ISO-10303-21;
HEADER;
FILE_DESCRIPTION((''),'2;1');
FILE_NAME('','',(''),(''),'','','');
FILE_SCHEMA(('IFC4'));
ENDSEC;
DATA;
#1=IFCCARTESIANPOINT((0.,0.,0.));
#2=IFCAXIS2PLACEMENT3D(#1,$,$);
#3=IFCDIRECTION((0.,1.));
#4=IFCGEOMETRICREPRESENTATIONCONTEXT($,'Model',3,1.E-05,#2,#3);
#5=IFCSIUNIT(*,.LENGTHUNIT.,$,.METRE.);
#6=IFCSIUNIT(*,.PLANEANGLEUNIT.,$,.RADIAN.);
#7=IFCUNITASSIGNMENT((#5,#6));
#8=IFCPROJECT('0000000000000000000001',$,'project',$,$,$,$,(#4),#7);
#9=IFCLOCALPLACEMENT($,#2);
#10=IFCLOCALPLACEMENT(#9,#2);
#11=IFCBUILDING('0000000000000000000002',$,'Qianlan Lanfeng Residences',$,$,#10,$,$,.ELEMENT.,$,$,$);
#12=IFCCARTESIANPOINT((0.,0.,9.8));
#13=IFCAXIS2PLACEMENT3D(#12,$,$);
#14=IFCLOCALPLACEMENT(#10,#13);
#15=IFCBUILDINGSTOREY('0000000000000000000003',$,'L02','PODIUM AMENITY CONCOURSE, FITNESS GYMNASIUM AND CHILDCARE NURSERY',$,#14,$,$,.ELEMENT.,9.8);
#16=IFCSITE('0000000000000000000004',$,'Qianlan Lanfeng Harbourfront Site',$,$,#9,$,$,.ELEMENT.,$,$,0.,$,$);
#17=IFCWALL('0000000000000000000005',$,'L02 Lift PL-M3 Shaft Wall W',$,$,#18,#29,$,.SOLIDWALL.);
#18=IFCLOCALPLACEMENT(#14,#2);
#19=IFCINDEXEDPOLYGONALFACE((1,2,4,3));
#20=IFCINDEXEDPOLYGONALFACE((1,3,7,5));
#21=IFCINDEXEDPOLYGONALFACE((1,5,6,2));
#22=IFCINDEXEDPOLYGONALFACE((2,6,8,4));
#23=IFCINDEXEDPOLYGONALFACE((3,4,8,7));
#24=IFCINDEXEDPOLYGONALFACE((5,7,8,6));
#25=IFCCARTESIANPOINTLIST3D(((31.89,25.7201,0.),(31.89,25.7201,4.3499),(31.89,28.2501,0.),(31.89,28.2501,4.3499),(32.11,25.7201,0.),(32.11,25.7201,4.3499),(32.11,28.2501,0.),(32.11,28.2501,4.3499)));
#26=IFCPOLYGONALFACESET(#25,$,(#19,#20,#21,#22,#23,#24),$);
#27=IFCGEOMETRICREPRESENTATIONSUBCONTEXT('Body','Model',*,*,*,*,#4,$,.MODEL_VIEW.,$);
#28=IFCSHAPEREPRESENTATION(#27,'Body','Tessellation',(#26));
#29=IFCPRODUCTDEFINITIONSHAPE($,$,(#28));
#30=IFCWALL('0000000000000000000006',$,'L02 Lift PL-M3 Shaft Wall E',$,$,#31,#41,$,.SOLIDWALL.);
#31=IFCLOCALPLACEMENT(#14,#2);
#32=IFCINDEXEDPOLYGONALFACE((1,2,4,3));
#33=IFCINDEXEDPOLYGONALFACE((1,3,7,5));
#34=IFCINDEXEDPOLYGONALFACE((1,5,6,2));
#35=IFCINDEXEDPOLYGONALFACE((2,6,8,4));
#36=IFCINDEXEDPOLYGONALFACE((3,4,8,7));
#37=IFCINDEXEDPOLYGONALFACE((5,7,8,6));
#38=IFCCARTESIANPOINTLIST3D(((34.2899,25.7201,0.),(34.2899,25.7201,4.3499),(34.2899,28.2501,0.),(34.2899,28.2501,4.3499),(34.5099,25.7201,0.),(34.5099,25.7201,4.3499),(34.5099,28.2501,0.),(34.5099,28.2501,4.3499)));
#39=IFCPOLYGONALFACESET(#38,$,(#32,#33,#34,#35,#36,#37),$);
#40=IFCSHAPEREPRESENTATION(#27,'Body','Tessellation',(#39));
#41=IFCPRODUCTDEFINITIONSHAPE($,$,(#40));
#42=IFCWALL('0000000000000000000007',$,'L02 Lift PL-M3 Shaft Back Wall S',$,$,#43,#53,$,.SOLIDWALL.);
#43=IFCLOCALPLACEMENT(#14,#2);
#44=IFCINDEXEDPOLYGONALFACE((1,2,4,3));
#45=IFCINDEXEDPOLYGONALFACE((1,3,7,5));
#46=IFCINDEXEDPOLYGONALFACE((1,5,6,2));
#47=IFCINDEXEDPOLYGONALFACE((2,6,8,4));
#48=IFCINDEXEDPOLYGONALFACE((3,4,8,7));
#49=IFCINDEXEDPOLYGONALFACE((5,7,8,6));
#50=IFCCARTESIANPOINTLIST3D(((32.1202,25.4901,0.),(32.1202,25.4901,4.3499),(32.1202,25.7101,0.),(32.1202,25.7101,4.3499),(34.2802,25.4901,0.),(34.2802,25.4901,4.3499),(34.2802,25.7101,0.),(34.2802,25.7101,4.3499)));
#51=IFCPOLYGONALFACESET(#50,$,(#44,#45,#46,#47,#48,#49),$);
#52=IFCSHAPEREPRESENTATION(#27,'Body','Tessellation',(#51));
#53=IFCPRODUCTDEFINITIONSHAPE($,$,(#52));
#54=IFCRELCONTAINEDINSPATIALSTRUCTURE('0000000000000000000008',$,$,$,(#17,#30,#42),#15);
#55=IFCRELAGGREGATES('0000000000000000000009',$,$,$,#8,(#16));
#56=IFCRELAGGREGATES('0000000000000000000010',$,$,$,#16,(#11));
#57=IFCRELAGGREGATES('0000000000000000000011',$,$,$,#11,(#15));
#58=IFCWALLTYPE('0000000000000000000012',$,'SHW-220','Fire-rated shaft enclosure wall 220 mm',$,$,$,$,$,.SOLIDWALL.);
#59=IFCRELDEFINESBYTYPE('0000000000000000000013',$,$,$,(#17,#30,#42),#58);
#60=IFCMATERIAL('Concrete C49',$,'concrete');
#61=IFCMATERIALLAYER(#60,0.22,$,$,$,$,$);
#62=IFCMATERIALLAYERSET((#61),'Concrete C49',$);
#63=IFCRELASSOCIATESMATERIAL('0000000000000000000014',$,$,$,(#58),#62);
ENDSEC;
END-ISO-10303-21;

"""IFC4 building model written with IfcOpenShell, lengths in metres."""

from ifc_helpers import new_model, si_unit, direction, frame, frame_2d, origin, place, context, subcontext, project, spatial, rectangle, extrude, material, layer, layer_set, type_object, element, save


model = new_model("IFC4")

# Units and contexts
model_context = context("Model", 3, precision=1e-05, world=origin(), true_north=direction((0.0, 1.0)))
body_context = subcontext(model_context, "Body", "Model", "MODEL_VIEW")
ifc_project = project(units=[si_unit("LENGTHUNIT", "METRE"), si_unit("PLANEANGLEUNIT", "RADIAN")], contexts=[model_context])

# Site, building, storey
site_placement = place(None, origin())
site = spatial("IfcSite", under=ifc_project, at=site_placement, Name="Qianlan Lanfeng Harbourfront Site", CompositionType="ELEMENT", RefElevation=0.0)
building_placement = place(site_placement, origin())
building = spatial("IfcBuilding", under=site, at=building_placement, Name="Qianlan Lanfeng Residences", CompositionType="ELEMENT")
storey_placement = place(building_placement, frame((0.0, 0.0, 9.8)))
storey = spatial("IfcBuildingStorey", under=building, at=storey_placement, Name="L02", Description="PODIUM AMENITY CONCOURSE, FITNESS GYMNASIUM AND CHILDCARE NURSERY", CompositionType="ELEMENT", Elevation=9.8)

# Walls
ifc_material_1 = material(Name="Concrete C49", Category="concrete")
ifc_layer_1 = layer(ifc_material_1, 0.22)
ifc_layer_set_1 = layer_set([ifc_layer_1], Name="Concrete C49")
wall_type_1 = type_object("IfcWallType", Name="SHW-220", Description="Fire-rated shaft enclosure wall 220 mm", PredefinedType="SOLIDWALL", material=ifc_layer_set_1)
for number, where, z_axis, x_axis, name in (
    (1, (32.0, 25.72, 0.0), (0.0, 0.0, 1.0), (0.0, 1.0, 0.0), "L02 Lift PL-M3 Shaft Wall W"),
    (2, (34.3999, 25.72, 0.0), (0.0, 0.0, 1.0), (0.0, 1.0, 0.0), "L02 Lift PL-M3 Shaft Wall E"),
):
    element("IfcWall", number, at=place(storey_placement, frame(where, z_axis=z_axis, x_axis=x_axis)), inside=storey, type_object=wall_type_1, Name=name, PredefinedType="SOLIDWALL", context=body_context, shape_type="SweptSolid", body=[
        extrude(rectangle(XDim=2.53, YDim=0.22, at=frame_2d((1.2651, 0.0))), origin(), (0.0, 0.0, 1.0), 4.3499),
    ])
wall_1_placement = place(storey_placement, frame((32.1201, 25.6001, 0.0), z_axis=(0.0, 0.0, 1.0), x_axis=(1.0, 0.0, 0.0)))
element("IfcWall", 3, at=wall_1_placement, inside=storey, type_object=wall_type_1, Name="L02 Lift PL-M3 Shaft Back Wall S", PredefinedType="SOLIDWALL", context=body_context, shape_type="SweptSolid", body=[
    extrude(rectangle(XDim=2.1599, YDim=0.22, at=frame_2d((1.0801, 0.0))), origin(), (0.0, 0.0, 1.0), 4.3499),
])

save(model, "model.ifc")
